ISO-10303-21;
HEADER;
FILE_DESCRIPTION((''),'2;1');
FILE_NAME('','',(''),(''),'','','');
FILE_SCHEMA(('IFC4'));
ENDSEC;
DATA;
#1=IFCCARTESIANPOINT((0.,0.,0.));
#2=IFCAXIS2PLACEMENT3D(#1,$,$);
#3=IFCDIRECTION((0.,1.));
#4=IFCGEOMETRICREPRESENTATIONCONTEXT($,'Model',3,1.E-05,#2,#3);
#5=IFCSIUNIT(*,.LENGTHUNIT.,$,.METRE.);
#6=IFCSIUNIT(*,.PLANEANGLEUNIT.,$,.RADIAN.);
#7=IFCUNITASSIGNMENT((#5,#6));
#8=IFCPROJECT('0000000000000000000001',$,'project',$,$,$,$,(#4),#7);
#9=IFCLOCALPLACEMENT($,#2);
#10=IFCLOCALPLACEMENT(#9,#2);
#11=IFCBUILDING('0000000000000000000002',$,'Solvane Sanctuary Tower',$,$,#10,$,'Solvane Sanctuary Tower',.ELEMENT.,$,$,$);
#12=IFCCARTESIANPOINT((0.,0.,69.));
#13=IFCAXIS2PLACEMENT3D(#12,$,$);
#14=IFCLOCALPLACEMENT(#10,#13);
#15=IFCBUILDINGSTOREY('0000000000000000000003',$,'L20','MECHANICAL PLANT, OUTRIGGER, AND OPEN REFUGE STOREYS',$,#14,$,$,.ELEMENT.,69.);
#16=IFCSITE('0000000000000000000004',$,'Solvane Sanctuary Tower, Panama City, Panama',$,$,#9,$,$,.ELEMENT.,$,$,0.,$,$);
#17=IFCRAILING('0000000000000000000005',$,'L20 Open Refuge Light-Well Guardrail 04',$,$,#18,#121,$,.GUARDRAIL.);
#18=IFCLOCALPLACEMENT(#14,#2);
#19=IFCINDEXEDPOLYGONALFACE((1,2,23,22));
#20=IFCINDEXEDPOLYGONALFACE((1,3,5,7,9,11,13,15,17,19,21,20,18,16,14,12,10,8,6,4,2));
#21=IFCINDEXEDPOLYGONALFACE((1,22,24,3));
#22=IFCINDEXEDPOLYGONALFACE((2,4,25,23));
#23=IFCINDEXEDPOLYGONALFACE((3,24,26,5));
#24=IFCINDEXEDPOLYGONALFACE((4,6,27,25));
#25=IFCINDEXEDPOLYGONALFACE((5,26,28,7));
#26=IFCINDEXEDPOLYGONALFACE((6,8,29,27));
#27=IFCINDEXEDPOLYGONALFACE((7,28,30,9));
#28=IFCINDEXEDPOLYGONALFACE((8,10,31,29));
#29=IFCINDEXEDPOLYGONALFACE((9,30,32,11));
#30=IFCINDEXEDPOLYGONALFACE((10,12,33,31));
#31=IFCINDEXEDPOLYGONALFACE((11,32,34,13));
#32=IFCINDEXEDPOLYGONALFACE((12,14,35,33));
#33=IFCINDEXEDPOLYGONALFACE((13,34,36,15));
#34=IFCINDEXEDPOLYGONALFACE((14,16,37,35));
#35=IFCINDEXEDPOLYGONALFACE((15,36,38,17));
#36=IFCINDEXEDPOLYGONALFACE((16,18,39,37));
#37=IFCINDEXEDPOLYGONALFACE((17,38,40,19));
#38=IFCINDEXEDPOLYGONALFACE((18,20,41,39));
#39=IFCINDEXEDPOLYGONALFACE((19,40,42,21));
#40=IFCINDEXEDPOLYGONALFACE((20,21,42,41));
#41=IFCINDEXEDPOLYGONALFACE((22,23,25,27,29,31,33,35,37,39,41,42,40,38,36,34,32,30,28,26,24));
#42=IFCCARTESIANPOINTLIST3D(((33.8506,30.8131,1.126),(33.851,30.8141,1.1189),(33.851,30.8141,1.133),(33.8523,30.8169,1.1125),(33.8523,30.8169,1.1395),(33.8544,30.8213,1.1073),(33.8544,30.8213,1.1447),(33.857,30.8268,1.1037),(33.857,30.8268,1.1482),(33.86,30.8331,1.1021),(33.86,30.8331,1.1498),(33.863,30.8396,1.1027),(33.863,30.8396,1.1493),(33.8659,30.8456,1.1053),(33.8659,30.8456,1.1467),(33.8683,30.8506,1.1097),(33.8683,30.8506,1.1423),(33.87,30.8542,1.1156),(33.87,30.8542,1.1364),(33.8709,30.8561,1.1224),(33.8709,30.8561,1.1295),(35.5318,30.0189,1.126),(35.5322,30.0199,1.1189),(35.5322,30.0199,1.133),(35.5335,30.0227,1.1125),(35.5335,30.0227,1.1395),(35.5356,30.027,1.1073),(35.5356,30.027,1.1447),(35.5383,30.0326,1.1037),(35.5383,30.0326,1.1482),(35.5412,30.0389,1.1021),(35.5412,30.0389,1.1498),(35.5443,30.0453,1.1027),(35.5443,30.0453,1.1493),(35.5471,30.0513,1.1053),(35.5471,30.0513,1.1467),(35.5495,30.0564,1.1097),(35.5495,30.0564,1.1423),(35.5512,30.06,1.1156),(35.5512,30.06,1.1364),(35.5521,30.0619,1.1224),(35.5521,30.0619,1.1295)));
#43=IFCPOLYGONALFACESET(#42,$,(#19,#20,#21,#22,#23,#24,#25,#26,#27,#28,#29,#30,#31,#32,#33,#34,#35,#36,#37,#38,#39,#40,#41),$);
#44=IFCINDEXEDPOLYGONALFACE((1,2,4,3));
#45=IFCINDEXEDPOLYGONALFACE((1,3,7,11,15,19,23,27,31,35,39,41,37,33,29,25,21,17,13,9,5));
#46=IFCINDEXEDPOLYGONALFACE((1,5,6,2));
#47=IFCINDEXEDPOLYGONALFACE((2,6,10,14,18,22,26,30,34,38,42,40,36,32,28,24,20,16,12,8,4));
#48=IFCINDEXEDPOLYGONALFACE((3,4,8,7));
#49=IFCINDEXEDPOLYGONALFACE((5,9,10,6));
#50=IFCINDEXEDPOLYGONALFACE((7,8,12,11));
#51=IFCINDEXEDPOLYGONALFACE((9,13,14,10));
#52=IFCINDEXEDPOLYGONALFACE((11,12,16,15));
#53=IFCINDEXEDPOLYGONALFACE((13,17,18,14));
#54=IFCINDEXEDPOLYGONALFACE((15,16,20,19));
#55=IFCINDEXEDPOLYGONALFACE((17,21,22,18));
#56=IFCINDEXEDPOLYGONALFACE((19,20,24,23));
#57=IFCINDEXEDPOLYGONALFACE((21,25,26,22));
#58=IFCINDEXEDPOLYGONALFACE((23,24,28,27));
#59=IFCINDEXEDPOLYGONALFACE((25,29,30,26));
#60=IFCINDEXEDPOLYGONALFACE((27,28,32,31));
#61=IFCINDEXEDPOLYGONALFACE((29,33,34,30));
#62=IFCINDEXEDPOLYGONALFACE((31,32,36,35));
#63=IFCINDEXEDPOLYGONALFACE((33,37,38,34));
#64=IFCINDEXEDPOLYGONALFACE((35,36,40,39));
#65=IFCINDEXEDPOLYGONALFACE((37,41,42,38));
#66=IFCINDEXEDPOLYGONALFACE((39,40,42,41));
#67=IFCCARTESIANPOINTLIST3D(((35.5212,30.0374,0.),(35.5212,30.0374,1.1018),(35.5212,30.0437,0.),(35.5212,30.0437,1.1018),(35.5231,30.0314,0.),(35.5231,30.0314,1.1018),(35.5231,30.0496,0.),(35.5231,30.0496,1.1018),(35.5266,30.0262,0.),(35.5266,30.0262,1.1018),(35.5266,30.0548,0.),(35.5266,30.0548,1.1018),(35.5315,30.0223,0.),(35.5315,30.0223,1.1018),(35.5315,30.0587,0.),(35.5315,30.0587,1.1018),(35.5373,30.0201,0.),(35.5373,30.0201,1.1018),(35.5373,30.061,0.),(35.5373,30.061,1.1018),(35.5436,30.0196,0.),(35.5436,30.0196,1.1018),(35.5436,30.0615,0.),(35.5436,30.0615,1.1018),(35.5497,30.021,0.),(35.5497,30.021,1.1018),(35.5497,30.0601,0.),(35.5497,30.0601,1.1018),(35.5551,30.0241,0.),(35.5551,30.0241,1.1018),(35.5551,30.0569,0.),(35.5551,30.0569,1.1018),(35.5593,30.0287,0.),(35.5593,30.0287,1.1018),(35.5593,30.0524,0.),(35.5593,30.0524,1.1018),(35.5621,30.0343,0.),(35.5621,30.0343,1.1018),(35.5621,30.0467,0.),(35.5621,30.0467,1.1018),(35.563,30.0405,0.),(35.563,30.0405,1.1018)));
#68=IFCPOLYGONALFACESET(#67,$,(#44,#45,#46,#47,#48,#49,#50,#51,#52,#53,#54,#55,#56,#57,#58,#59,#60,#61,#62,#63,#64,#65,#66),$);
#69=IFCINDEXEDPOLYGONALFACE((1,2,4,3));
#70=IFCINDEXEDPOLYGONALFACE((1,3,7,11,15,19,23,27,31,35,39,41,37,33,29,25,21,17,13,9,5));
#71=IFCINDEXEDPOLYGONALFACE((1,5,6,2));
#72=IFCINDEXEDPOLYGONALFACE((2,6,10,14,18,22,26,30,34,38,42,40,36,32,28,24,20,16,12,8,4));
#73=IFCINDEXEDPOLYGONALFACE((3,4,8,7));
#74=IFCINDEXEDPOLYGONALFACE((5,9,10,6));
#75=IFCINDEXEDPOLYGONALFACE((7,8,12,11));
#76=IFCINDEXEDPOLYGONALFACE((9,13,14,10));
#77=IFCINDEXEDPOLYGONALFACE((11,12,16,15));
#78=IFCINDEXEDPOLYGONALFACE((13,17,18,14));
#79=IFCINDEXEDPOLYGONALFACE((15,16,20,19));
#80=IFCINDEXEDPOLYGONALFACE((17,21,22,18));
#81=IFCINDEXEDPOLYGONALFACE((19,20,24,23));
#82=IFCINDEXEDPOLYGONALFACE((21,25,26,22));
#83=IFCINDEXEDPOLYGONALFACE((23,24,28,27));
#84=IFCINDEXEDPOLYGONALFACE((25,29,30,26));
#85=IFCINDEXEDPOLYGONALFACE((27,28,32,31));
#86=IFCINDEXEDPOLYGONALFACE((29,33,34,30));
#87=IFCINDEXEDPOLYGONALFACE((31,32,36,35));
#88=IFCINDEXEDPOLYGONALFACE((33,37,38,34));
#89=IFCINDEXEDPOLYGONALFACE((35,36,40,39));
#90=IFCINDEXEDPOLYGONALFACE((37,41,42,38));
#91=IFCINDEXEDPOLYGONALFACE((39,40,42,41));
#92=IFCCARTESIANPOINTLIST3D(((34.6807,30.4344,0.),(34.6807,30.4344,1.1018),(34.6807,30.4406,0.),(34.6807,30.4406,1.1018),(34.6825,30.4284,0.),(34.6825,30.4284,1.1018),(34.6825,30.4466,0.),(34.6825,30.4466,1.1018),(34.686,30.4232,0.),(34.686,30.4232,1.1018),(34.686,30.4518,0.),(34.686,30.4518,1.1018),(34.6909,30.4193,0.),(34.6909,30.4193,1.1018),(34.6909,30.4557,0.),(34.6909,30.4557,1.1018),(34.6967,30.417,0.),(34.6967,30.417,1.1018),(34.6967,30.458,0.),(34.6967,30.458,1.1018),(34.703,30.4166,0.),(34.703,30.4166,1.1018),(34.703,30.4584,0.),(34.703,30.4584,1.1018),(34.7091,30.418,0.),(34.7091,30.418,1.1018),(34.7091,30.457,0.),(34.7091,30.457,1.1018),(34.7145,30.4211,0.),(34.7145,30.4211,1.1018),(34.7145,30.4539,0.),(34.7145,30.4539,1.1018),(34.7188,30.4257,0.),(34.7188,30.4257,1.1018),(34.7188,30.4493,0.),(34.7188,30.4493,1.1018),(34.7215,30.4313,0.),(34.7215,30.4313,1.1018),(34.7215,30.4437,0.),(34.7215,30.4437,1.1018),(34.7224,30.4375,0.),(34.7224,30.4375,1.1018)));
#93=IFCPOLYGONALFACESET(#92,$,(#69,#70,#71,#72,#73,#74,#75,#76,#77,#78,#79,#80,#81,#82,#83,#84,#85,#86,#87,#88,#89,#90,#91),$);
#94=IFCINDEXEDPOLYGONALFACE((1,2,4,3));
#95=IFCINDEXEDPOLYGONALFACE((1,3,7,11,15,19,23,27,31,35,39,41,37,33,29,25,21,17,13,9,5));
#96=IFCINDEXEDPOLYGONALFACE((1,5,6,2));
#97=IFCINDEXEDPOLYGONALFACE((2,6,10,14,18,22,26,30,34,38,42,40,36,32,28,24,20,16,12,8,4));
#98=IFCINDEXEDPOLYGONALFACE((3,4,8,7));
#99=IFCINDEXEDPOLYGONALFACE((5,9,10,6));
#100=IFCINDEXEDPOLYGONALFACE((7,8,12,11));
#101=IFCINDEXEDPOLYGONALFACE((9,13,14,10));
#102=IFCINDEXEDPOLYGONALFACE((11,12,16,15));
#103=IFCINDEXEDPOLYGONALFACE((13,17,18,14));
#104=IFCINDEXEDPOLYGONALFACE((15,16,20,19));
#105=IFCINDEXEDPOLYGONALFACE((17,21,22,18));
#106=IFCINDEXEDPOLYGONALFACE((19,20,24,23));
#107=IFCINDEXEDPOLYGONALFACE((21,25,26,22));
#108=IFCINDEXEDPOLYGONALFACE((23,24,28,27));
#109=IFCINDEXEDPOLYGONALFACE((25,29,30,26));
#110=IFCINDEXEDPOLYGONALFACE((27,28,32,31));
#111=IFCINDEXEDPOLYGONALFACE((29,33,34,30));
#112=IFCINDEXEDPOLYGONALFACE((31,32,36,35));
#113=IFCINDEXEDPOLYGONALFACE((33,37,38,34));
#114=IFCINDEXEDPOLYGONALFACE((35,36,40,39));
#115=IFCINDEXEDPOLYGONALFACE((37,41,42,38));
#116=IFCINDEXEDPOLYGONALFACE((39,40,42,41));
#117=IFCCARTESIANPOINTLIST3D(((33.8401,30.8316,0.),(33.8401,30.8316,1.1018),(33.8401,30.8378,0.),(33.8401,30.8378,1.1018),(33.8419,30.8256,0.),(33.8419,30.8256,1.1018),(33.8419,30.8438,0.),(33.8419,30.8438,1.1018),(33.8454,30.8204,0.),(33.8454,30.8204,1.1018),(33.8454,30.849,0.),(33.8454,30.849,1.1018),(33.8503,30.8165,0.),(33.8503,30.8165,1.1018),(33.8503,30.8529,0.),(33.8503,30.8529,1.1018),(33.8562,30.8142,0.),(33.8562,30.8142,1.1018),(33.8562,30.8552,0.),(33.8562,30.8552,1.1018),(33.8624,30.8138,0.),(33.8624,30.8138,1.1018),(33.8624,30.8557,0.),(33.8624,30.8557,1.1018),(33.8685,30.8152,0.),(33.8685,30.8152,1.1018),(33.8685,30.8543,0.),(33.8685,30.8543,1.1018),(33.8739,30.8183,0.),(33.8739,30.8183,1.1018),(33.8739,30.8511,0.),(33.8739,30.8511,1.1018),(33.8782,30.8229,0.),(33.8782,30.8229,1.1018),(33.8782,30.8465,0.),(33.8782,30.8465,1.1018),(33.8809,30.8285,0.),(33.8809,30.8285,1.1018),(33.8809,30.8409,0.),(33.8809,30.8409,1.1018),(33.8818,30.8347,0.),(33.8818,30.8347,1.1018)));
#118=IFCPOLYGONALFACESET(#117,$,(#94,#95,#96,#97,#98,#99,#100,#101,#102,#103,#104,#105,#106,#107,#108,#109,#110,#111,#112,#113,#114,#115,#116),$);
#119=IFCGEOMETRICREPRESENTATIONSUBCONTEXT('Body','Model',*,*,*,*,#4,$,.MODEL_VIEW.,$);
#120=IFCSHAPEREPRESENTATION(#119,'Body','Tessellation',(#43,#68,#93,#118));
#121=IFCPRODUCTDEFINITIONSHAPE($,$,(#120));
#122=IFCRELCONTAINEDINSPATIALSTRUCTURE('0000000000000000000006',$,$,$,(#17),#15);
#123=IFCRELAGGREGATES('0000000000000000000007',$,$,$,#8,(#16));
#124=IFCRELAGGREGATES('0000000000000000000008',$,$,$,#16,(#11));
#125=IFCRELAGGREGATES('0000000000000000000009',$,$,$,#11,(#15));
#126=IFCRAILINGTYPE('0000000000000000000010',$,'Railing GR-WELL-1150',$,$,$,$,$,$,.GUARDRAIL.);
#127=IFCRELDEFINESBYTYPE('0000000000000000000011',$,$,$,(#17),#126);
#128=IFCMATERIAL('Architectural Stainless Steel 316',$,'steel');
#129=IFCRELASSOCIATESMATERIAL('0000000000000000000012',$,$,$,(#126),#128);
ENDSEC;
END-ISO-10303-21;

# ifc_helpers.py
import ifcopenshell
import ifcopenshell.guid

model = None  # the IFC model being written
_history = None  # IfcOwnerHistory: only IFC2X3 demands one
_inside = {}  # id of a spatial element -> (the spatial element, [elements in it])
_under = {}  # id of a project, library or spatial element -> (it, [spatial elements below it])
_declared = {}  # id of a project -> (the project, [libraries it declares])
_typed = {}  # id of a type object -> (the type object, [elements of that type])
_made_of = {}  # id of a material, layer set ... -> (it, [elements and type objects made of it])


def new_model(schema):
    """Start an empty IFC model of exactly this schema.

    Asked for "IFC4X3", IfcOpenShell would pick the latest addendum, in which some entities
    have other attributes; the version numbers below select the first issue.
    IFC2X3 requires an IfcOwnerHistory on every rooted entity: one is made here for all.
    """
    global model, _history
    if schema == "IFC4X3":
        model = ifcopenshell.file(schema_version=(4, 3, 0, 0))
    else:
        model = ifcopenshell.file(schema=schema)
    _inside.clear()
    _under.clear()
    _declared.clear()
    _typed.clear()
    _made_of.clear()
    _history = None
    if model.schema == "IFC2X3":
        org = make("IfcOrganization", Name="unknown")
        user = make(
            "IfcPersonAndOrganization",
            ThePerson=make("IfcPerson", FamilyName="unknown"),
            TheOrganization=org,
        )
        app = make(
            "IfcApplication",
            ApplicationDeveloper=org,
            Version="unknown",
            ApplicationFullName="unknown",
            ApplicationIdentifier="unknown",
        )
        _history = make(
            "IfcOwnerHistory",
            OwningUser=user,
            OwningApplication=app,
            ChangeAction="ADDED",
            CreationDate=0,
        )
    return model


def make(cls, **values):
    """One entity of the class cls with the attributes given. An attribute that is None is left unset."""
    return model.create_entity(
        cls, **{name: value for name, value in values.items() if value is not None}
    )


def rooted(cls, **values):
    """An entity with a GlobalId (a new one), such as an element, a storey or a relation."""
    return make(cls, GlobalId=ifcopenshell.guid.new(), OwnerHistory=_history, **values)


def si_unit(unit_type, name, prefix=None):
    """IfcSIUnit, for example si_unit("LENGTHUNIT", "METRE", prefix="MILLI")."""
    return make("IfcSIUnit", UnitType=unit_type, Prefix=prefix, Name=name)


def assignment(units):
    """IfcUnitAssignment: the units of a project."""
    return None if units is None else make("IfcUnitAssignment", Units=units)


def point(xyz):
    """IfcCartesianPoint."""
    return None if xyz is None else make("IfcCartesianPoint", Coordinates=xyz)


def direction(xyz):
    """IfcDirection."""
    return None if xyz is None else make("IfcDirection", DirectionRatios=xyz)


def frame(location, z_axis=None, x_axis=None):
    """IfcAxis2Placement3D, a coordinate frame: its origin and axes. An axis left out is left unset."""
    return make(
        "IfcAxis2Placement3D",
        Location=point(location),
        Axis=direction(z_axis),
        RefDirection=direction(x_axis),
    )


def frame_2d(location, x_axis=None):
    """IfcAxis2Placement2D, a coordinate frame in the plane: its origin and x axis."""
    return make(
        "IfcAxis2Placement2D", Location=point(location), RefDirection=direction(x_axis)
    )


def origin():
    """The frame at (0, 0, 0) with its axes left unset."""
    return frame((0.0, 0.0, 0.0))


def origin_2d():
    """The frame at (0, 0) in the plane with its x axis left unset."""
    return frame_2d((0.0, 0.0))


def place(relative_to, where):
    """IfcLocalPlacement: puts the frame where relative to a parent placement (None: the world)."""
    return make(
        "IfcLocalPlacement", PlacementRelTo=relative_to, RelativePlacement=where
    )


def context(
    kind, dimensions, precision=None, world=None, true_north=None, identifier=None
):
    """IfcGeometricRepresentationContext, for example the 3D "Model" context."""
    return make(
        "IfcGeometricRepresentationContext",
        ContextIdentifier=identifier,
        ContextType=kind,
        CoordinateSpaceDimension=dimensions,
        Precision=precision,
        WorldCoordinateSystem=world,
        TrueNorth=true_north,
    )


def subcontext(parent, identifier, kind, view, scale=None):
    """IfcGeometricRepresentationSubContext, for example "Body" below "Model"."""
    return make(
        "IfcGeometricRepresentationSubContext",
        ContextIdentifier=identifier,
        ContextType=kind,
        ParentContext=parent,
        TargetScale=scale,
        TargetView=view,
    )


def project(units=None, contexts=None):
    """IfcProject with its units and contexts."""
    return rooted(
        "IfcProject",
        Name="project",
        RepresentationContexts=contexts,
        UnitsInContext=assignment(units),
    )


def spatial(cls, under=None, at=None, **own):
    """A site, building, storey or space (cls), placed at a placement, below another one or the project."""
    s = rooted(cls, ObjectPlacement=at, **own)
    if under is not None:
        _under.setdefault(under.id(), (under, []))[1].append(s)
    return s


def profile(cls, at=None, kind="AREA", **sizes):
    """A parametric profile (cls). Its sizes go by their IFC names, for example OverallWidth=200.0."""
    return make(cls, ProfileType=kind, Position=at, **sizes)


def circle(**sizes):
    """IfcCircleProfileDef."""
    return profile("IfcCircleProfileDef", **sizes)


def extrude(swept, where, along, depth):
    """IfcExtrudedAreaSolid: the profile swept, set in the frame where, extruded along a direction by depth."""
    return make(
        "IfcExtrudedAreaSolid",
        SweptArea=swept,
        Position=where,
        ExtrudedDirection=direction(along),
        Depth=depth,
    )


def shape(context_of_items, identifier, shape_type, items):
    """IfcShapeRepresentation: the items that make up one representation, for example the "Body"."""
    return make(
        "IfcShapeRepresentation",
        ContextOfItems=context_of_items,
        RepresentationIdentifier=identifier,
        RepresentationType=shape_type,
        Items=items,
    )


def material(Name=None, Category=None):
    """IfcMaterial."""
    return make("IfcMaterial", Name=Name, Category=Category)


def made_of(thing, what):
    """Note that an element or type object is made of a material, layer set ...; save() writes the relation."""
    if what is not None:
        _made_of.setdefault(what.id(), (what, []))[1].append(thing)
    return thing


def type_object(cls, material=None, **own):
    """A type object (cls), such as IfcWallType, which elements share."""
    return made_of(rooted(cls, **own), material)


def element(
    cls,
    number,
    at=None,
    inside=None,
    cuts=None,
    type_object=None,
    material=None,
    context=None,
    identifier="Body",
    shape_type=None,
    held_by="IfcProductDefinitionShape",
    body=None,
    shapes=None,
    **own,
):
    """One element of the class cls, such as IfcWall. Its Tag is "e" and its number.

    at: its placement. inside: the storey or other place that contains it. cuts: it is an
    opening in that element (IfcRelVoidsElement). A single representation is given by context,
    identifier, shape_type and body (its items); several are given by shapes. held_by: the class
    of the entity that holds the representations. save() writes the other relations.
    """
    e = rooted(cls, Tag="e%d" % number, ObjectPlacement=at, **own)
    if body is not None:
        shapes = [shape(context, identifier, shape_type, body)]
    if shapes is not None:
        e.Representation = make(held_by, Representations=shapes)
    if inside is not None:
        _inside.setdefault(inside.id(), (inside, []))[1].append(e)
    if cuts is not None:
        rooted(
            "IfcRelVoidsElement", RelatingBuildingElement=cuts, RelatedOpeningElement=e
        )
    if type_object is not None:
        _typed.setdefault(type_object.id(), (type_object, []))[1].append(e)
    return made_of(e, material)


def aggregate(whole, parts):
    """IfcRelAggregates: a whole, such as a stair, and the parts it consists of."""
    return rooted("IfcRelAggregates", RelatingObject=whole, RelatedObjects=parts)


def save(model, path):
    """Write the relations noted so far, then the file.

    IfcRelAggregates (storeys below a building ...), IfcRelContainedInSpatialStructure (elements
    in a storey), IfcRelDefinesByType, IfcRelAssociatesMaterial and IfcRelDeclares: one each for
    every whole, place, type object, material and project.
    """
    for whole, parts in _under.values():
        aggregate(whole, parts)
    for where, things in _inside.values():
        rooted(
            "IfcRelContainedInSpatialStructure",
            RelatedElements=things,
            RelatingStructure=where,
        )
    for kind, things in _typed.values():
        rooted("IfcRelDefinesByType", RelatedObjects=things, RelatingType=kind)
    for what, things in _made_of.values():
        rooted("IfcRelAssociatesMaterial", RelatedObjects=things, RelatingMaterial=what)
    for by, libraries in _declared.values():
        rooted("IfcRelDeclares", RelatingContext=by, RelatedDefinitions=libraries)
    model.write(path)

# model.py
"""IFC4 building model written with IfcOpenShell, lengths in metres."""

from ifc_helpers import new_model, si_unit, direction, frame, origin, origin_2d, place, context, subcontext, project, spatial, circle, extrude, material, type_object, element, save


model = new_model("IFC4")

# Units and contexts
model_context = context("Model", 3, precision=1e-05, world=origin(), true_north=direction((0.0, 1.0)))
body_context = subcontext(model_context, "Body", "Model", "MODEL_VIEW")
ifc_project = project(units=[si_unit("LENGTHUNIT", "METRE"), si_unit("PLANEANGLEUNIT", "RADIAN")], contexts=[model_context])

# Site, building, storey
site_placement = place(None, origin())
site = spatial("IfcSite", under=ifc_project, at=site_placement, Name="Solvane Sanctuary Tower, Panama City, Panama", CompositionType="ELEMENT", RefElevation=0.0)
building_placement = place(site_placement, origin())
building = spatial("IfcBuilding", under=site, at=building_placement, Name="Solvane Sanctuary Tower", LongName="Solvane Sanctuary Tower", CompositionType="ELEMENT")
storey_placement = place(building_placement, frame((0.0, 0.0, 69.0)))
storey = spatial("IfcBuildingStorey", under=building, at=storey_placement, Name="L20", Description="MECHANICAL PLANT, OUTRIGGER, AND OPEN REFUGE STOREYS", CompositionType="ELEMENT", Elevation=69.0)

# Shared definitions
ifc_material_1 = material(Name="Architectural Stainless Steel 316", Category="steel")

# Railing
railing_type_1 = type_object("IfcRailingType", Name="Railing GR-WELL-1150", PredefinedType="GUARDRAIL", material=ifc_material_1)
railing_1_placement = place(storey_placement, frame((35.542, 30.0405, 0.0)))
element("IfcRailing", 1, at=railing_1_placement, inside=storey, type_object=railing_type_1, Name="L20 Open Refuge Light-Well Guardrail 04", PredefinedType="GUARDRAIL", context=body_context, shape_type="SweptSolid", body=[
    extrude(circle(Radius=0.0239, at=origin_2d()), frame((0.0, 0.0, 1.126), z_axis=(-0.904184, 0.427143, 0.0), x_axis=(-0.427143, -0.904184, 0.0)), (0.0, 0.0, 1.0), 1.8594),
    extrude(circle(Radius=0.021, at=origin_2d()), origin(), (0.0, 0.0, 1.0), 1.1018),
    extrude(circle(Radius=0.021, at=origin_2d()), frame((-0.8406, 0.397, 0.0)), (0.0, 0.0, 1.0), 1.1018),
    extrude(circle(Radius=0.021, at=origin_2d()), frame((-1.6812, 0.7942, 0.0)), (0.0, 0.0, 1.0), 1.1018),
])

save(model, "model.ifc")
